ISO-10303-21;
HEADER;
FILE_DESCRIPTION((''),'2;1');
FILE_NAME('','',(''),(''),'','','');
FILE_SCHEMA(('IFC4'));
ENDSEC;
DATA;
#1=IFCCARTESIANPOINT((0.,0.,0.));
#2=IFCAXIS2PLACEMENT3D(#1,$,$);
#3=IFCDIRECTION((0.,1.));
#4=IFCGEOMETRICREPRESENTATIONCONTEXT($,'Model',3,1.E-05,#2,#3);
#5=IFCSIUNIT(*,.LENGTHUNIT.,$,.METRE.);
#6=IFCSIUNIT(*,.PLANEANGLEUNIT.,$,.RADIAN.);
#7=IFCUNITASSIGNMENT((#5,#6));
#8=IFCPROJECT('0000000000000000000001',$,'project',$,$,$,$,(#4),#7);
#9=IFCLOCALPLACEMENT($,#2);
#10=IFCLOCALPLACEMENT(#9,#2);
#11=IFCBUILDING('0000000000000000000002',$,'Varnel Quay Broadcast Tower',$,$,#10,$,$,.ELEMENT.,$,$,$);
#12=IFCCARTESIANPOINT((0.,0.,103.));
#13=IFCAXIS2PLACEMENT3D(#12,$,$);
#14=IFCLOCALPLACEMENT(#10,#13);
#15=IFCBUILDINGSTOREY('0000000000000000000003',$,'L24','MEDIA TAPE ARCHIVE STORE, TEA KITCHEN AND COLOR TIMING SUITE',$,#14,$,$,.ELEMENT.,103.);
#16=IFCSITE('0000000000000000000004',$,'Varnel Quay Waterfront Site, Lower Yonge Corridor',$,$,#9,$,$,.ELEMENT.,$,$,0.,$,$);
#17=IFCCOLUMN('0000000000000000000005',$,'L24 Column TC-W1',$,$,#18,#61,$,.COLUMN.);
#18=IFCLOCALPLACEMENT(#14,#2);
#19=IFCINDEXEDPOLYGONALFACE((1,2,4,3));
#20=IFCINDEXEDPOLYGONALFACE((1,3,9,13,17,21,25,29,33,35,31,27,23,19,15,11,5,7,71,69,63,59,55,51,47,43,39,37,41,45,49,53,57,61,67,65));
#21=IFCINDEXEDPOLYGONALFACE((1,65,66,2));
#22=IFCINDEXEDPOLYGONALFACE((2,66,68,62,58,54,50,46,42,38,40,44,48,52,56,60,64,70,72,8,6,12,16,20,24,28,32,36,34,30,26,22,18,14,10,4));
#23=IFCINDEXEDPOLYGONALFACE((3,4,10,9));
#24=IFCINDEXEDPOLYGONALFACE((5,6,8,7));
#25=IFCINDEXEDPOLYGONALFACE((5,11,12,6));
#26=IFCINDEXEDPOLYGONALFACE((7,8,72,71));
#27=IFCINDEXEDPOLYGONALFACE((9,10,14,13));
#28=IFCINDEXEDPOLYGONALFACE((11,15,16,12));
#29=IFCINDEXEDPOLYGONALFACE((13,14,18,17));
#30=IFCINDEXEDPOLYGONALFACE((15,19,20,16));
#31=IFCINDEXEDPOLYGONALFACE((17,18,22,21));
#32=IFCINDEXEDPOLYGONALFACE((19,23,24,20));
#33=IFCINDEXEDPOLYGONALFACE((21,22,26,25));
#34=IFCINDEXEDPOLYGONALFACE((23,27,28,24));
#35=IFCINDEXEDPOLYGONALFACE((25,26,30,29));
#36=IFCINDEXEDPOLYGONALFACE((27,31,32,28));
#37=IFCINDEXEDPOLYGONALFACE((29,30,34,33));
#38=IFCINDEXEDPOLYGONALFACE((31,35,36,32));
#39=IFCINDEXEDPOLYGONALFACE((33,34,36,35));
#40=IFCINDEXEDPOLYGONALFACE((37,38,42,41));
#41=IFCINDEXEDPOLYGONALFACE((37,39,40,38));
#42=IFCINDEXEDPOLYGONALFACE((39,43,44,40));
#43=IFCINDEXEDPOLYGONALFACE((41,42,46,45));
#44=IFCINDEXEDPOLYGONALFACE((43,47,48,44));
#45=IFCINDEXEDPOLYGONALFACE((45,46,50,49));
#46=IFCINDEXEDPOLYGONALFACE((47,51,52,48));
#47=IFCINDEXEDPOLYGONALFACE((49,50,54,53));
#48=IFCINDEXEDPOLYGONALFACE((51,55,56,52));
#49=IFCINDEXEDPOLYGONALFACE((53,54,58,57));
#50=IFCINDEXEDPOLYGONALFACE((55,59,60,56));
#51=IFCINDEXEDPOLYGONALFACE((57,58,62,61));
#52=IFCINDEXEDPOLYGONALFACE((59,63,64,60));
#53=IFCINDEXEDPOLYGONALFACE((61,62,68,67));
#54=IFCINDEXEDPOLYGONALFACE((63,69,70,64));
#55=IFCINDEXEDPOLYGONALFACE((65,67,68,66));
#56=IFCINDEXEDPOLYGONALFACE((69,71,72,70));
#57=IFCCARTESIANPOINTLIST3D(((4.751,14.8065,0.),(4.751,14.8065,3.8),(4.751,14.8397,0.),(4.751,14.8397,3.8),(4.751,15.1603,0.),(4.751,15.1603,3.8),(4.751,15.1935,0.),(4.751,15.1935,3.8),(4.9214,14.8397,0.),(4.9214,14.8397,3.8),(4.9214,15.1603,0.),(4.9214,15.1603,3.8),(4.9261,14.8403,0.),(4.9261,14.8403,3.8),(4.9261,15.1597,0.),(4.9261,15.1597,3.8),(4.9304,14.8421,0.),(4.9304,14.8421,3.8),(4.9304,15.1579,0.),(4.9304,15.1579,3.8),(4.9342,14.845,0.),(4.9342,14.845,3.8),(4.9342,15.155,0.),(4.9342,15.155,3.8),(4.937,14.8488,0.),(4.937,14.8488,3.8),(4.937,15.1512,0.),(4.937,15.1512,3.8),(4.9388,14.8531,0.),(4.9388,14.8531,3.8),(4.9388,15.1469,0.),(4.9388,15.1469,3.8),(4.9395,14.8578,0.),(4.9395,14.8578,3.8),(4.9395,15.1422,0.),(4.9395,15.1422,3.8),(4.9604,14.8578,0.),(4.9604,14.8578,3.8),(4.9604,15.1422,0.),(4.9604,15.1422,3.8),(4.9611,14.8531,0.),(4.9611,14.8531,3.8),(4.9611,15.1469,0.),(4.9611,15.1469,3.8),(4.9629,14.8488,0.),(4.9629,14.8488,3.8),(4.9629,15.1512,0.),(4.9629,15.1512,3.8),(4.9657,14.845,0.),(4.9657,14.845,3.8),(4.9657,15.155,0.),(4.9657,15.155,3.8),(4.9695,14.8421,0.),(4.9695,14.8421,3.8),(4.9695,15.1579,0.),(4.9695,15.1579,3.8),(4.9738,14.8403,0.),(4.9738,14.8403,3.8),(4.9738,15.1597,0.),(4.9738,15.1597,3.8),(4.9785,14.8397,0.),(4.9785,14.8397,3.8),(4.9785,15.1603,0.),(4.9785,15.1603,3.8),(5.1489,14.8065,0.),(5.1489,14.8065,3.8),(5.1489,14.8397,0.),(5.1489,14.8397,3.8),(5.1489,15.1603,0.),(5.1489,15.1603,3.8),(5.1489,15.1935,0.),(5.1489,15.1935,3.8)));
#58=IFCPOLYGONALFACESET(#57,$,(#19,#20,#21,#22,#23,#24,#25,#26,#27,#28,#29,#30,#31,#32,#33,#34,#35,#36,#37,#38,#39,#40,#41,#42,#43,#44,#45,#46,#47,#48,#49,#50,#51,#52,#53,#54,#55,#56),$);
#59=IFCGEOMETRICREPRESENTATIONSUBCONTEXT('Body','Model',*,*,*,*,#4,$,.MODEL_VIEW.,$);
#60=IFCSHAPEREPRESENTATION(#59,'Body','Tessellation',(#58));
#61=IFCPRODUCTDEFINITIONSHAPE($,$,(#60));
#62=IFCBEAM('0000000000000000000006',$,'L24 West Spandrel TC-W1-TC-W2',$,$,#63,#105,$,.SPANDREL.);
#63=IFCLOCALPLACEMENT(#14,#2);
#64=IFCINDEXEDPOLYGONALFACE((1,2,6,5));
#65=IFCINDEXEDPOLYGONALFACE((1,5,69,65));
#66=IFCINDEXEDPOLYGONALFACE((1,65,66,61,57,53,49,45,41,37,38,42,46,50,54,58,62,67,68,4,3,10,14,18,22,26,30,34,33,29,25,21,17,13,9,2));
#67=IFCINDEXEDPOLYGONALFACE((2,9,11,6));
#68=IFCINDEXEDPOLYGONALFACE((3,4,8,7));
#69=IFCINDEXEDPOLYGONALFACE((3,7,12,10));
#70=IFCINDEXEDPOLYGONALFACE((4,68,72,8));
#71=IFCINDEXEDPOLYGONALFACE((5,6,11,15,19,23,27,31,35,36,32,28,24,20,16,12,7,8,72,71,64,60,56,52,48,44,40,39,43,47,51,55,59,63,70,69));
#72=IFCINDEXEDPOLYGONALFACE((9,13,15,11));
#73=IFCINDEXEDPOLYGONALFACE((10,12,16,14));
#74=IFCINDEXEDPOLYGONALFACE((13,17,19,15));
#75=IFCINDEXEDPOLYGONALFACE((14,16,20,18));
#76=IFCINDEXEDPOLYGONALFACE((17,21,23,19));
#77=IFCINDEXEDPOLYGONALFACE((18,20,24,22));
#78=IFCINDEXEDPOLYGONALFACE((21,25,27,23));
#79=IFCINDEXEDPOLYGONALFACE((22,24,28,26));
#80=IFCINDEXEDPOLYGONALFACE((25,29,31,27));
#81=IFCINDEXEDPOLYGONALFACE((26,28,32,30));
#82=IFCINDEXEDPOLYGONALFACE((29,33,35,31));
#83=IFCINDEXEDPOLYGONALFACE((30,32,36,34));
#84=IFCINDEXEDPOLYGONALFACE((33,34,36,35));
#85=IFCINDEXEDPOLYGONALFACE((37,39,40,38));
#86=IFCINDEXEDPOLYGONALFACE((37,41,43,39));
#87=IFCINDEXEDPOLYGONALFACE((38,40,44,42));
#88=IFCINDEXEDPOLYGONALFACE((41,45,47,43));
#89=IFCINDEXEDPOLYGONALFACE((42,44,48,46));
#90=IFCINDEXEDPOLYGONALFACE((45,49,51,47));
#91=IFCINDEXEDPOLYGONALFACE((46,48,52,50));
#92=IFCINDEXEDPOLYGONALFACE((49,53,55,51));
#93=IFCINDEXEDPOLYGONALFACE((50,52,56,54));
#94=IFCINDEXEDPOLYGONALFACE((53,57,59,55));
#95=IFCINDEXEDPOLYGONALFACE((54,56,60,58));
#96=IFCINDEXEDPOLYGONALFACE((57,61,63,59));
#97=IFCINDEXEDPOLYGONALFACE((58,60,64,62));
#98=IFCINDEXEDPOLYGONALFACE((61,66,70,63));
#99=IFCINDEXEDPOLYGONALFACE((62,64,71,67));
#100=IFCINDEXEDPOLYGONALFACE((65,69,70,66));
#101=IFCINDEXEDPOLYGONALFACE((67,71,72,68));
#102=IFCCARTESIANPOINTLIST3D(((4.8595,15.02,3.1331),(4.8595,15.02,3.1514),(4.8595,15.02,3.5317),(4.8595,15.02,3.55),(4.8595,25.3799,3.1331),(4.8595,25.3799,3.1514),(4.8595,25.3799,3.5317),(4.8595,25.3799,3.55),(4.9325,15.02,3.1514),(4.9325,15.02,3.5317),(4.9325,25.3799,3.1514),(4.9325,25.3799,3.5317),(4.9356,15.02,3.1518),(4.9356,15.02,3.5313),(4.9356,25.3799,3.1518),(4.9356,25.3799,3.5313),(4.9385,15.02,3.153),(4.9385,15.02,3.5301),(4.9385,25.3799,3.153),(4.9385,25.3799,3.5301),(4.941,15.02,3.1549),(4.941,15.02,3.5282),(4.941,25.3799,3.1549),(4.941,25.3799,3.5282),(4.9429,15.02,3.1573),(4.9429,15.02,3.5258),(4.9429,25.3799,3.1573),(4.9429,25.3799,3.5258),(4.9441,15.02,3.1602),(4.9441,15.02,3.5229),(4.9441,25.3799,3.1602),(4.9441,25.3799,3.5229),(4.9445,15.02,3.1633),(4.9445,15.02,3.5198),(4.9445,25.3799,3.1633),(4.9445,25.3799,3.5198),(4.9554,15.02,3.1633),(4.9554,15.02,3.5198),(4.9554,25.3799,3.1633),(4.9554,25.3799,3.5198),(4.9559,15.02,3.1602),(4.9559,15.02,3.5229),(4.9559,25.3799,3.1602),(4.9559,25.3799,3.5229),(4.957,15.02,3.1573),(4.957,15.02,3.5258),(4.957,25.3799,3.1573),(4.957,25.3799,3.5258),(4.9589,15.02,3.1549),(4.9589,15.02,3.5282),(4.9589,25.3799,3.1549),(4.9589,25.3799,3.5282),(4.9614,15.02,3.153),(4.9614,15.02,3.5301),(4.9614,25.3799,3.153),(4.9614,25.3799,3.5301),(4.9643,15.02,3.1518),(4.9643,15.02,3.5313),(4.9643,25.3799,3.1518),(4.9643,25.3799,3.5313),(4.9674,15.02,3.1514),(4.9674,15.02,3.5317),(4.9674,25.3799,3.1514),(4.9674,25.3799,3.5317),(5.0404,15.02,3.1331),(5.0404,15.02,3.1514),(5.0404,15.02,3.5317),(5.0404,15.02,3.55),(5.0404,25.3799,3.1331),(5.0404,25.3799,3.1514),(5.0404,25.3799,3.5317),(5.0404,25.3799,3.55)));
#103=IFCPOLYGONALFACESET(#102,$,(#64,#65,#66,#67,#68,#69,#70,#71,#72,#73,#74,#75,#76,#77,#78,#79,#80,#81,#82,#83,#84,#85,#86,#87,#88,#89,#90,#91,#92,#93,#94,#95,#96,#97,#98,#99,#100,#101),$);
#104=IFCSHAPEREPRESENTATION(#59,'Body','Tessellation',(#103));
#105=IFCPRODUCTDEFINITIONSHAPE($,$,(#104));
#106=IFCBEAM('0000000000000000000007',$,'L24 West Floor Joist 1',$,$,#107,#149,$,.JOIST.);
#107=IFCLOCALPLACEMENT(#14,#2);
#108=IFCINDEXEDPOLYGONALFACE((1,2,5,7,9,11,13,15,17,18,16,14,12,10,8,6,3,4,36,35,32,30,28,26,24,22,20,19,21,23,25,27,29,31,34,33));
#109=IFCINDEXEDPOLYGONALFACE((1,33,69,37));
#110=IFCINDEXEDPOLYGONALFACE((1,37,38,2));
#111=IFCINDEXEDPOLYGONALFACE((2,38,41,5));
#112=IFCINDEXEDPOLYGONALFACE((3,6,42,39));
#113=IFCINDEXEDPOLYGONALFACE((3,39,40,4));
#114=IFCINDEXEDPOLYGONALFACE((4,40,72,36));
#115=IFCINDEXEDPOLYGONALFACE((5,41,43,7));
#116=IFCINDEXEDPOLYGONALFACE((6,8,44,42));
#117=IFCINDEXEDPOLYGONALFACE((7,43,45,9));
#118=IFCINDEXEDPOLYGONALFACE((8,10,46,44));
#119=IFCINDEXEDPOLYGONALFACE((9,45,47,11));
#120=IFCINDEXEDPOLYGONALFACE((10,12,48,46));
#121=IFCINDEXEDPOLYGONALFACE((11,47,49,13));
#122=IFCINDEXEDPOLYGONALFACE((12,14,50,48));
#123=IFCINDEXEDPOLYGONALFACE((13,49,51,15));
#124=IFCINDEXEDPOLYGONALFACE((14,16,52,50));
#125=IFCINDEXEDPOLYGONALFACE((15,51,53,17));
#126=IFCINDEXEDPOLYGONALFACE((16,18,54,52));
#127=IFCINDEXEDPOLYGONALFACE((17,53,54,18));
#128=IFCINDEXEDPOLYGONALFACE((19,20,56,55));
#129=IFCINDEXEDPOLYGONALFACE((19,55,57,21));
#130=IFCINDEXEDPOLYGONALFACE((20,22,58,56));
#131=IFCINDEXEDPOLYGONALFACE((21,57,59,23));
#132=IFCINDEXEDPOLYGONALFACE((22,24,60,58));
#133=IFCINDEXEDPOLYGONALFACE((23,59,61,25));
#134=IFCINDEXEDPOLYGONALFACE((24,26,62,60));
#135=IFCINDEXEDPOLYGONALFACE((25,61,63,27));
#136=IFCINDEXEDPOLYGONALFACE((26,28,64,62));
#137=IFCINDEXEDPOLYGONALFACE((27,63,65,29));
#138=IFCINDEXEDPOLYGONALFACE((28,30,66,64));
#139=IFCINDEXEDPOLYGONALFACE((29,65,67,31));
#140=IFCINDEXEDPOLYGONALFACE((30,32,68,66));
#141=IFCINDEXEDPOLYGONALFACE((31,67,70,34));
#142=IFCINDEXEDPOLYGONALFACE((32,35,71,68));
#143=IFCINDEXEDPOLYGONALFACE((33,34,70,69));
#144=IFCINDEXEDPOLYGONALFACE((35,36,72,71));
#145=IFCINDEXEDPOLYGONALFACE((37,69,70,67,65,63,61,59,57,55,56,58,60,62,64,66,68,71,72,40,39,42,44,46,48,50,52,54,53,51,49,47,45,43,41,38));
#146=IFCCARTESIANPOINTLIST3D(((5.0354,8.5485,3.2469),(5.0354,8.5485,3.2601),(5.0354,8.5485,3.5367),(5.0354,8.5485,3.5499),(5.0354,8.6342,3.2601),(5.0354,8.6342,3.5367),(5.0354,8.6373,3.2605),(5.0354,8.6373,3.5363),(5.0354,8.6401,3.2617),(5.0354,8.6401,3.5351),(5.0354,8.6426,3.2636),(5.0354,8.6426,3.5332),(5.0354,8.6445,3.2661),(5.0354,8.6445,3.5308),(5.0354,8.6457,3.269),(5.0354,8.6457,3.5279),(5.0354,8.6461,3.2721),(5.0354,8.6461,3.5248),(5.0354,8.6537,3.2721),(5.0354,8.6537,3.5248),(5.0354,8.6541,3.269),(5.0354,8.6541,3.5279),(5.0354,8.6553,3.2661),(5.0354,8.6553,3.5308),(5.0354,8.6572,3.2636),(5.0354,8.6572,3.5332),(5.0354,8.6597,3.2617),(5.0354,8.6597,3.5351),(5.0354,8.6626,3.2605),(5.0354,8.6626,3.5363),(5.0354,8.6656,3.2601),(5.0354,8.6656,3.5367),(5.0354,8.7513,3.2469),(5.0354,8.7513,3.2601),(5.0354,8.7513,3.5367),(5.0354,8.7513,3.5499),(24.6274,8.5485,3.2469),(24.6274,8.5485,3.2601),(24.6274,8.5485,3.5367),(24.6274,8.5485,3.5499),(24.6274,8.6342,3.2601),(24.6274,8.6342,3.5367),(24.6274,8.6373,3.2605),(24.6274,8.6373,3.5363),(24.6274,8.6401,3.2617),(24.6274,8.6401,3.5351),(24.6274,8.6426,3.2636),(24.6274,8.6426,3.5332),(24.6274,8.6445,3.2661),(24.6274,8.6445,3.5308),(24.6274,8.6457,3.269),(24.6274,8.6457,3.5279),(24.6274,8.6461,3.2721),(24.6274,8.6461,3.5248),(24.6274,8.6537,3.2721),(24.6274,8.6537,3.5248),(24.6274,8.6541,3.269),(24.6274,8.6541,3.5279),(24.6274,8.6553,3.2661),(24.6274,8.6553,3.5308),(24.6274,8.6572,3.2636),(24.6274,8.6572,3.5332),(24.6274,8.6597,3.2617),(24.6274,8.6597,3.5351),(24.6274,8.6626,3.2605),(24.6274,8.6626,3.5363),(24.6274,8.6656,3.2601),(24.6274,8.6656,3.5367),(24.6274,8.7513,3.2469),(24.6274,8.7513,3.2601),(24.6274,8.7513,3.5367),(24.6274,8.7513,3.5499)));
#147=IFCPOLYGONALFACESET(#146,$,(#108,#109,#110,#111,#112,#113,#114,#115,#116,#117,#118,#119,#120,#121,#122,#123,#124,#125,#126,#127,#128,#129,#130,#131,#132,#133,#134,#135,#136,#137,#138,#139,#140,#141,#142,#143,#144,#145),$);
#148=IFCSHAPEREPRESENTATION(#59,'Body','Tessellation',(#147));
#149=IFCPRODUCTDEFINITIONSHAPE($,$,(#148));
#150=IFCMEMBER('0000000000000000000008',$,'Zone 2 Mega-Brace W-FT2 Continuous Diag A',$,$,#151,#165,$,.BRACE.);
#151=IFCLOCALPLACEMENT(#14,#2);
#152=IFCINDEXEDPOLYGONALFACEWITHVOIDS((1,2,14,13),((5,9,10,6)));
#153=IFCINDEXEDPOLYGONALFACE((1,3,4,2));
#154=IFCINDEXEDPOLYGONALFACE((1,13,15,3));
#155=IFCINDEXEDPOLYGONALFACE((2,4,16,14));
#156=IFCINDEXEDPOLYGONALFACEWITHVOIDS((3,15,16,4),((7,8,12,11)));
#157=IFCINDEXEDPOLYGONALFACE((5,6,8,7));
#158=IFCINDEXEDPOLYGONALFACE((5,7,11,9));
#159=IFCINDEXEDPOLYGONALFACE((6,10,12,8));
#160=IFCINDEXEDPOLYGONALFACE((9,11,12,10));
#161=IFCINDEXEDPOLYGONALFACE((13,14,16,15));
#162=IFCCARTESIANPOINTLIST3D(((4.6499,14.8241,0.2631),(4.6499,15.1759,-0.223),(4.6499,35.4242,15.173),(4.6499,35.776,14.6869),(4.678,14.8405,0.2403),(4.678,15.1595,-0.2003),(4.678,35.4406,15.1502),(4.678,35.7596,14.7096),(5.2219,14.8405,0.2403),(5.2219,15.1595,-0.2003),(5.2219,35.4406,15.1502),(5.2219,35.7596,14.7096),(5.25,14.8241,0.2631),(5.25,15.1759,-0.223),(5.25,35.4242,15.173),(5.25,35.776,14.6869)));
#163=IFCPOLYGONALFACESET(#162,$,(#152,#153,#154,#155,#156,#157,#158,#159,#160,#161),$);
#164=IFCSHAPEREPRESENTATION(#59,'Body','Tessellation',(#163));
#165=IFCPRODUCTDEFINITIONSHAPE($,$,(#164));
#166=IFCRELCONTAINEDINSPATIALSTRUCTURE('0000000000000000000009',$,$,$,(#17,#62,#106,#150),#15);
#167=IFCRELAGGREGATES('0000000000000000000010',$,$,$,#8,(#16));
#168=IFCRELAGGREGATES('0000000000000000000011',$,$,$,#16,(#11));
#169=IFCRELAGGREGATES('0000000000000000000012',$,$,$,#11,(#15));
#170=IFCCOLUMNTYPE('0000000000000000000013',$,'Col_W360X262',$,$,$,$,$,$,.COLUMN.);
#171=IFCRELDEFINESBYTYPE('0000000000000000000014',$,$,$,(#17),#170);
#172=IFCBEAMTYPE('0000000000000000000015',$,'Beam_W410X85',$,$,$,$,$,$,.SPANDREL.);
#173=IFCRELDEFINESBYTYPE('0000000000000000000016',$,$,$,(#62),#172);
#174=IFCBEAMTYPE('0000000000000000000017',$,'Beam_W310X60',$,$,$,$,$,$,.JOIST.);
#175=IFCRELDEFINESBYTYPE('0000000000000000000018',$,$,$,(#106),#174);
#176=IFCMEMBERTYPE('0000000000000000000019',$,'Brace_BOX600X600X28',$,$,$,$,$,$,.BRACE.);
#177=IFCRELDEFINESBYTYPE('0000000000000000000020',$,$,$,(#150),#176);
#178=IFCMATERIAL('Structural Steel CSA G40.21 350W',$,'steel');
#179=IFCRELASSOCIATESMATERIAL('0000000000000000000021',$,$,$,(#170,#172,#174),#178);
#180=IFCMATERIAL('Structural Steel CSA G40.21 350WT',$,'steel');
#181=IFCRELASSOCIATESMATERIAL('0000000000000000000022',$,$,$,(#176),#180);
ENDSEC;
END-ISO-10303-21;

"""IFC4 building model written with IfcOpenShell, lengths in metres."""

from ifc_helpers import new_model, si_unit, direction, frame, origin, origin_2d, place, context, subcontext, project, spatial, hollow_rectangle, i_section, extrude, source, transform, mapped, material, material_profile, profile_set, type_object, type_shapes, element, save


model = new_model("IFC4")

# Units and contexts
model_context = context("Model", 3, precision=1e-05, world=origin(), true_north=direction((0.0, 1.0)))
body_context = subcontext(model_context, "Body", "Model", "MODEL_VIEW")
ifc_project = project(units=[si_unit("LENGTHUNIT", "METRE"), si_unit("PLANEANGLEUNIT", "RADIAN")], contexts=[model_context])

# Site, building, storey
site_placement = place(None, origin())
site = spatial("IfcSite", under=ifc_project, at=site_placement, Name="Varnel Quay Waterfront Site, Lower Yonge Corridor", CompositionType="ELEMENT", RefElevation=0.0)
building_placement = place(site_placement, origin())
building = spatial("IfcBuilding", under=site, at=building_placement, Name="Varnel Quay Broadcast Tower", CompositionType="ELEMENT")
storey_placement = place(building_placement, frame((0.0, 0.0, 103.0)))
storey = spatial("IfcBuildingStorey", under=building, at=storey_placement, Name="L24", Description="MEDIA TAPE ARCHIVE STORE, TEA KITCHEN AND COLOR TIMING SUITE", CompositionType="ELEMENT", Elevation=103.0)

# Column
ifc_material_1 = material(Name="Structural Steel CSA G40.21 350W", Category="steel")
ifc_material_profile_1 = material_profile(ifc_material_1, i_section(OverallWidth=0.3979, OverallDepth=0.387, WebThickness=0.021, FlangeThickness=0.0332, FilletRadius=0.0181, at=origin_2d()), Name="W360X262")
ifc_profile_set_1 = profile_set([ifc_material_profile_1], Name="Structural Steel CSA G40.21 350W")
column_type = type_object("IfcColumnType", Name="Col_W360X262", PredefinedType="COLUMN", material=ifc_profile_set_1)
shared_shape_1 = source(origin(), body_context, "Body", "SweptSolid", [
    extrude(i_section(OverallWidth=0.3979, OverallDepth=0.387, WebThickness=0.021, FlangeThickness=0.0332, FilletRadius=0.0181, at=origin_2d()), origin(), (0.0, 0.0, 1.0), 3.8),
])
type_shapes(column_type, [shared_shape_1])
column_placement = place(storey_placement, frame((4.95, 15.0, 0.0), z_axis=(0.0, 0.0, 1.0), x_axis=(1.0, 0.0, 0.0)))
element("IfcColumn", 1, at=column_placement, inside=storey, type_object=column_type, Name="L24 Column TC-W1", PredefinedType="COLUMN", context=body_context, shape_type="MappedRepresentation", body=[
    mapped(shared_shape_1, transform((0.0, 0.0, 0.0), x_axis=(1.0, 0.0, 0.0), y_axis=(0.0, 1.0, 0.0), z_axis=(0.0, 0.0, 1.0), scale=1.0)),
])

# Beams
ifc_material_profile_2 = material_profile(ifc_material_1, i_section(OverallWidth=0.1809, OverallDepth=0.417, WebThickness=0.011, FlangeThickness=0.0183, FilletRadius=0.012, at=origin_2d()), Name="W410X85")
ifc_profile_set_2 = profile_set([ifc_material_profile_2], Name="Structural Steel CSA G40.21 350W")
beam_type_1 = type_object("IfcBeamType", Name="Beam_W410X85", PredefinedType="SPANDREL", material=ifc_profile_set_2)
shared_shape_2 = source(origin(), body_context, "Body", "SweptSolid", [
    extrude(i_section(OverallWidth=0.1809, OverallDepth=0.417, WebThickness=0.011, FlangeThickness=0.0183, FilletRadius=0.012, at=origin_2d()), origin(), (0.0, 0.0, 1.0), 10.3599),
])
type_shapes(beam_type_1, [shared_shape_2])
beam_1_placement = place(storey_placement, frame((4.95, 15.02, 3.3416), z_axis=(0.0, 1.0, 0.0), x_axis=(-1.0, 0.0, 0.0)))
element("IfcBeam", 2, at=beam_1_placement, inside=storey, type_object=beam_type_1, Name="L24 West Spandrel TC-W1-TC-W2", PredefinedType="SPANDREL", context=body_context, shape_type="MappedRepresentation", body=[
    mapped(shared_shape_2, transform((0.0, 0.0, 0.0), x_axis=(1.0, 0.0, 0.0), y_axis=(0.0, 1.0, 0.0), z_axis=(0.0, 0.0, 1.0), scale=1.0)),
])
ifc_material_profile_3 = material_profile(ifc_material_1, i_section(OverallWidth=0.2029, OverallDepth=0.303, WebThickness=0.0076, FlangeThickness=0.0132, FilletRadius=0.012, at=origin_2d()), Name="W310X60")
ifc_profile_set_3 = profile_set([ifc_material_profile_3], Name="Structural Steel CSA G40.21 350W")
beam_type_2 = type_object("IfcBeamType", Name="Beam_W310X60", PredefinedType="JOIST", material=ifc_profile_set_3)
shared_shape_3 = source(origin(), body_context, "Body", "SweptSolid", [
    extrude(i_section(OverallWidth=0.2029, OverallDepth=0.303, WebThickness=0.0076, FlangeThickness=0.0132, FilletRadius=0.012, at=origin_2d()), origin(), (0.0, 0.0, 1.0), 19.592),
])
type_shapes(beam_type_2, [shared_shape_3])
beam_2_placement = place(storey_placement, frame((5.0354, 8.6499, 3.3984), z_axis=(1.0, 0.0, 0.0), x_axis=(0.0, 1.0, 0.0)))
element("IfcBeam", 3, at=beam_2_placement, inside=storey, type_object=beam_type_2, Name="L24 West Floor Joist 1", PredefinedType="JOIST", context=body_context, shape_type="MappedRepresentation", body=[
    mapped(shared_shape_3, transform((0.0, 0.0, 0.0), x_axis=(1.0, 0.0, 0.0), y_axis=(0.0, 1.0, 0.0), z_axis=(0.0, 0.0, 1.0), scale=1.0)),
])

# Member
ifc_material_2 = material(Name="Structural Steel CSA G40.21 350WT", Category="steel")
ifc_material_profile_4 = material_profile(ifc_material_2, hollow_rectangle(XDim=0.6001, YDim=0.6001, WallThickness=0.0281, at=origin_2d()), Name="BOX600X600X28")
ifc_profile_set_4 = profile_set([ifc_material_profile_4], Name="Structural Steel CSA G40.21 350WT")
member_type_1 = type_object("IfcMemberType", Name="Brace_BOX600X600X28", PredefinedType="BRACE", material=ifc_profile_set_4)
shared_shape_4 = source(origin(), body_context, "Body", "SweptSolid", [
    extrude(hollow_rectangle(XDim=0.6001, YDim=0.6001, WallThickness=0.0281, at=origin_2d()), origin(), (0.0, 0.0, 1.0), 25.4297),
])
type_shapes(member_type_1, [shared_shape_4])
member_1_placement = place(storey_placement, frame((4.95, 15.0, 0.02), z_axis=(0.0, 0.81008, 0.586319), x_axis=(-1.0, 0.0, 0.0)))
element("IfcMember", 4, at=member_1_placement, inside=storey, type_object=member_type_1, Name="Zone 2 Mega-Brace W-FT2 Continuous Diag A", PredefinedType="BRACE", context=body_context, shape_type="MappedRepresentation", body=[
    mapped(shared_shape_4, transform((0.0, 0.0, 0.0), x_axis=(1.0, 0.0, 0.0), y_axis=(0.0, 1.0, 0.0), z_axis=(0.0, 0.0, 1.0), scale=1.0)),
])

save(model, "model.ifc")
